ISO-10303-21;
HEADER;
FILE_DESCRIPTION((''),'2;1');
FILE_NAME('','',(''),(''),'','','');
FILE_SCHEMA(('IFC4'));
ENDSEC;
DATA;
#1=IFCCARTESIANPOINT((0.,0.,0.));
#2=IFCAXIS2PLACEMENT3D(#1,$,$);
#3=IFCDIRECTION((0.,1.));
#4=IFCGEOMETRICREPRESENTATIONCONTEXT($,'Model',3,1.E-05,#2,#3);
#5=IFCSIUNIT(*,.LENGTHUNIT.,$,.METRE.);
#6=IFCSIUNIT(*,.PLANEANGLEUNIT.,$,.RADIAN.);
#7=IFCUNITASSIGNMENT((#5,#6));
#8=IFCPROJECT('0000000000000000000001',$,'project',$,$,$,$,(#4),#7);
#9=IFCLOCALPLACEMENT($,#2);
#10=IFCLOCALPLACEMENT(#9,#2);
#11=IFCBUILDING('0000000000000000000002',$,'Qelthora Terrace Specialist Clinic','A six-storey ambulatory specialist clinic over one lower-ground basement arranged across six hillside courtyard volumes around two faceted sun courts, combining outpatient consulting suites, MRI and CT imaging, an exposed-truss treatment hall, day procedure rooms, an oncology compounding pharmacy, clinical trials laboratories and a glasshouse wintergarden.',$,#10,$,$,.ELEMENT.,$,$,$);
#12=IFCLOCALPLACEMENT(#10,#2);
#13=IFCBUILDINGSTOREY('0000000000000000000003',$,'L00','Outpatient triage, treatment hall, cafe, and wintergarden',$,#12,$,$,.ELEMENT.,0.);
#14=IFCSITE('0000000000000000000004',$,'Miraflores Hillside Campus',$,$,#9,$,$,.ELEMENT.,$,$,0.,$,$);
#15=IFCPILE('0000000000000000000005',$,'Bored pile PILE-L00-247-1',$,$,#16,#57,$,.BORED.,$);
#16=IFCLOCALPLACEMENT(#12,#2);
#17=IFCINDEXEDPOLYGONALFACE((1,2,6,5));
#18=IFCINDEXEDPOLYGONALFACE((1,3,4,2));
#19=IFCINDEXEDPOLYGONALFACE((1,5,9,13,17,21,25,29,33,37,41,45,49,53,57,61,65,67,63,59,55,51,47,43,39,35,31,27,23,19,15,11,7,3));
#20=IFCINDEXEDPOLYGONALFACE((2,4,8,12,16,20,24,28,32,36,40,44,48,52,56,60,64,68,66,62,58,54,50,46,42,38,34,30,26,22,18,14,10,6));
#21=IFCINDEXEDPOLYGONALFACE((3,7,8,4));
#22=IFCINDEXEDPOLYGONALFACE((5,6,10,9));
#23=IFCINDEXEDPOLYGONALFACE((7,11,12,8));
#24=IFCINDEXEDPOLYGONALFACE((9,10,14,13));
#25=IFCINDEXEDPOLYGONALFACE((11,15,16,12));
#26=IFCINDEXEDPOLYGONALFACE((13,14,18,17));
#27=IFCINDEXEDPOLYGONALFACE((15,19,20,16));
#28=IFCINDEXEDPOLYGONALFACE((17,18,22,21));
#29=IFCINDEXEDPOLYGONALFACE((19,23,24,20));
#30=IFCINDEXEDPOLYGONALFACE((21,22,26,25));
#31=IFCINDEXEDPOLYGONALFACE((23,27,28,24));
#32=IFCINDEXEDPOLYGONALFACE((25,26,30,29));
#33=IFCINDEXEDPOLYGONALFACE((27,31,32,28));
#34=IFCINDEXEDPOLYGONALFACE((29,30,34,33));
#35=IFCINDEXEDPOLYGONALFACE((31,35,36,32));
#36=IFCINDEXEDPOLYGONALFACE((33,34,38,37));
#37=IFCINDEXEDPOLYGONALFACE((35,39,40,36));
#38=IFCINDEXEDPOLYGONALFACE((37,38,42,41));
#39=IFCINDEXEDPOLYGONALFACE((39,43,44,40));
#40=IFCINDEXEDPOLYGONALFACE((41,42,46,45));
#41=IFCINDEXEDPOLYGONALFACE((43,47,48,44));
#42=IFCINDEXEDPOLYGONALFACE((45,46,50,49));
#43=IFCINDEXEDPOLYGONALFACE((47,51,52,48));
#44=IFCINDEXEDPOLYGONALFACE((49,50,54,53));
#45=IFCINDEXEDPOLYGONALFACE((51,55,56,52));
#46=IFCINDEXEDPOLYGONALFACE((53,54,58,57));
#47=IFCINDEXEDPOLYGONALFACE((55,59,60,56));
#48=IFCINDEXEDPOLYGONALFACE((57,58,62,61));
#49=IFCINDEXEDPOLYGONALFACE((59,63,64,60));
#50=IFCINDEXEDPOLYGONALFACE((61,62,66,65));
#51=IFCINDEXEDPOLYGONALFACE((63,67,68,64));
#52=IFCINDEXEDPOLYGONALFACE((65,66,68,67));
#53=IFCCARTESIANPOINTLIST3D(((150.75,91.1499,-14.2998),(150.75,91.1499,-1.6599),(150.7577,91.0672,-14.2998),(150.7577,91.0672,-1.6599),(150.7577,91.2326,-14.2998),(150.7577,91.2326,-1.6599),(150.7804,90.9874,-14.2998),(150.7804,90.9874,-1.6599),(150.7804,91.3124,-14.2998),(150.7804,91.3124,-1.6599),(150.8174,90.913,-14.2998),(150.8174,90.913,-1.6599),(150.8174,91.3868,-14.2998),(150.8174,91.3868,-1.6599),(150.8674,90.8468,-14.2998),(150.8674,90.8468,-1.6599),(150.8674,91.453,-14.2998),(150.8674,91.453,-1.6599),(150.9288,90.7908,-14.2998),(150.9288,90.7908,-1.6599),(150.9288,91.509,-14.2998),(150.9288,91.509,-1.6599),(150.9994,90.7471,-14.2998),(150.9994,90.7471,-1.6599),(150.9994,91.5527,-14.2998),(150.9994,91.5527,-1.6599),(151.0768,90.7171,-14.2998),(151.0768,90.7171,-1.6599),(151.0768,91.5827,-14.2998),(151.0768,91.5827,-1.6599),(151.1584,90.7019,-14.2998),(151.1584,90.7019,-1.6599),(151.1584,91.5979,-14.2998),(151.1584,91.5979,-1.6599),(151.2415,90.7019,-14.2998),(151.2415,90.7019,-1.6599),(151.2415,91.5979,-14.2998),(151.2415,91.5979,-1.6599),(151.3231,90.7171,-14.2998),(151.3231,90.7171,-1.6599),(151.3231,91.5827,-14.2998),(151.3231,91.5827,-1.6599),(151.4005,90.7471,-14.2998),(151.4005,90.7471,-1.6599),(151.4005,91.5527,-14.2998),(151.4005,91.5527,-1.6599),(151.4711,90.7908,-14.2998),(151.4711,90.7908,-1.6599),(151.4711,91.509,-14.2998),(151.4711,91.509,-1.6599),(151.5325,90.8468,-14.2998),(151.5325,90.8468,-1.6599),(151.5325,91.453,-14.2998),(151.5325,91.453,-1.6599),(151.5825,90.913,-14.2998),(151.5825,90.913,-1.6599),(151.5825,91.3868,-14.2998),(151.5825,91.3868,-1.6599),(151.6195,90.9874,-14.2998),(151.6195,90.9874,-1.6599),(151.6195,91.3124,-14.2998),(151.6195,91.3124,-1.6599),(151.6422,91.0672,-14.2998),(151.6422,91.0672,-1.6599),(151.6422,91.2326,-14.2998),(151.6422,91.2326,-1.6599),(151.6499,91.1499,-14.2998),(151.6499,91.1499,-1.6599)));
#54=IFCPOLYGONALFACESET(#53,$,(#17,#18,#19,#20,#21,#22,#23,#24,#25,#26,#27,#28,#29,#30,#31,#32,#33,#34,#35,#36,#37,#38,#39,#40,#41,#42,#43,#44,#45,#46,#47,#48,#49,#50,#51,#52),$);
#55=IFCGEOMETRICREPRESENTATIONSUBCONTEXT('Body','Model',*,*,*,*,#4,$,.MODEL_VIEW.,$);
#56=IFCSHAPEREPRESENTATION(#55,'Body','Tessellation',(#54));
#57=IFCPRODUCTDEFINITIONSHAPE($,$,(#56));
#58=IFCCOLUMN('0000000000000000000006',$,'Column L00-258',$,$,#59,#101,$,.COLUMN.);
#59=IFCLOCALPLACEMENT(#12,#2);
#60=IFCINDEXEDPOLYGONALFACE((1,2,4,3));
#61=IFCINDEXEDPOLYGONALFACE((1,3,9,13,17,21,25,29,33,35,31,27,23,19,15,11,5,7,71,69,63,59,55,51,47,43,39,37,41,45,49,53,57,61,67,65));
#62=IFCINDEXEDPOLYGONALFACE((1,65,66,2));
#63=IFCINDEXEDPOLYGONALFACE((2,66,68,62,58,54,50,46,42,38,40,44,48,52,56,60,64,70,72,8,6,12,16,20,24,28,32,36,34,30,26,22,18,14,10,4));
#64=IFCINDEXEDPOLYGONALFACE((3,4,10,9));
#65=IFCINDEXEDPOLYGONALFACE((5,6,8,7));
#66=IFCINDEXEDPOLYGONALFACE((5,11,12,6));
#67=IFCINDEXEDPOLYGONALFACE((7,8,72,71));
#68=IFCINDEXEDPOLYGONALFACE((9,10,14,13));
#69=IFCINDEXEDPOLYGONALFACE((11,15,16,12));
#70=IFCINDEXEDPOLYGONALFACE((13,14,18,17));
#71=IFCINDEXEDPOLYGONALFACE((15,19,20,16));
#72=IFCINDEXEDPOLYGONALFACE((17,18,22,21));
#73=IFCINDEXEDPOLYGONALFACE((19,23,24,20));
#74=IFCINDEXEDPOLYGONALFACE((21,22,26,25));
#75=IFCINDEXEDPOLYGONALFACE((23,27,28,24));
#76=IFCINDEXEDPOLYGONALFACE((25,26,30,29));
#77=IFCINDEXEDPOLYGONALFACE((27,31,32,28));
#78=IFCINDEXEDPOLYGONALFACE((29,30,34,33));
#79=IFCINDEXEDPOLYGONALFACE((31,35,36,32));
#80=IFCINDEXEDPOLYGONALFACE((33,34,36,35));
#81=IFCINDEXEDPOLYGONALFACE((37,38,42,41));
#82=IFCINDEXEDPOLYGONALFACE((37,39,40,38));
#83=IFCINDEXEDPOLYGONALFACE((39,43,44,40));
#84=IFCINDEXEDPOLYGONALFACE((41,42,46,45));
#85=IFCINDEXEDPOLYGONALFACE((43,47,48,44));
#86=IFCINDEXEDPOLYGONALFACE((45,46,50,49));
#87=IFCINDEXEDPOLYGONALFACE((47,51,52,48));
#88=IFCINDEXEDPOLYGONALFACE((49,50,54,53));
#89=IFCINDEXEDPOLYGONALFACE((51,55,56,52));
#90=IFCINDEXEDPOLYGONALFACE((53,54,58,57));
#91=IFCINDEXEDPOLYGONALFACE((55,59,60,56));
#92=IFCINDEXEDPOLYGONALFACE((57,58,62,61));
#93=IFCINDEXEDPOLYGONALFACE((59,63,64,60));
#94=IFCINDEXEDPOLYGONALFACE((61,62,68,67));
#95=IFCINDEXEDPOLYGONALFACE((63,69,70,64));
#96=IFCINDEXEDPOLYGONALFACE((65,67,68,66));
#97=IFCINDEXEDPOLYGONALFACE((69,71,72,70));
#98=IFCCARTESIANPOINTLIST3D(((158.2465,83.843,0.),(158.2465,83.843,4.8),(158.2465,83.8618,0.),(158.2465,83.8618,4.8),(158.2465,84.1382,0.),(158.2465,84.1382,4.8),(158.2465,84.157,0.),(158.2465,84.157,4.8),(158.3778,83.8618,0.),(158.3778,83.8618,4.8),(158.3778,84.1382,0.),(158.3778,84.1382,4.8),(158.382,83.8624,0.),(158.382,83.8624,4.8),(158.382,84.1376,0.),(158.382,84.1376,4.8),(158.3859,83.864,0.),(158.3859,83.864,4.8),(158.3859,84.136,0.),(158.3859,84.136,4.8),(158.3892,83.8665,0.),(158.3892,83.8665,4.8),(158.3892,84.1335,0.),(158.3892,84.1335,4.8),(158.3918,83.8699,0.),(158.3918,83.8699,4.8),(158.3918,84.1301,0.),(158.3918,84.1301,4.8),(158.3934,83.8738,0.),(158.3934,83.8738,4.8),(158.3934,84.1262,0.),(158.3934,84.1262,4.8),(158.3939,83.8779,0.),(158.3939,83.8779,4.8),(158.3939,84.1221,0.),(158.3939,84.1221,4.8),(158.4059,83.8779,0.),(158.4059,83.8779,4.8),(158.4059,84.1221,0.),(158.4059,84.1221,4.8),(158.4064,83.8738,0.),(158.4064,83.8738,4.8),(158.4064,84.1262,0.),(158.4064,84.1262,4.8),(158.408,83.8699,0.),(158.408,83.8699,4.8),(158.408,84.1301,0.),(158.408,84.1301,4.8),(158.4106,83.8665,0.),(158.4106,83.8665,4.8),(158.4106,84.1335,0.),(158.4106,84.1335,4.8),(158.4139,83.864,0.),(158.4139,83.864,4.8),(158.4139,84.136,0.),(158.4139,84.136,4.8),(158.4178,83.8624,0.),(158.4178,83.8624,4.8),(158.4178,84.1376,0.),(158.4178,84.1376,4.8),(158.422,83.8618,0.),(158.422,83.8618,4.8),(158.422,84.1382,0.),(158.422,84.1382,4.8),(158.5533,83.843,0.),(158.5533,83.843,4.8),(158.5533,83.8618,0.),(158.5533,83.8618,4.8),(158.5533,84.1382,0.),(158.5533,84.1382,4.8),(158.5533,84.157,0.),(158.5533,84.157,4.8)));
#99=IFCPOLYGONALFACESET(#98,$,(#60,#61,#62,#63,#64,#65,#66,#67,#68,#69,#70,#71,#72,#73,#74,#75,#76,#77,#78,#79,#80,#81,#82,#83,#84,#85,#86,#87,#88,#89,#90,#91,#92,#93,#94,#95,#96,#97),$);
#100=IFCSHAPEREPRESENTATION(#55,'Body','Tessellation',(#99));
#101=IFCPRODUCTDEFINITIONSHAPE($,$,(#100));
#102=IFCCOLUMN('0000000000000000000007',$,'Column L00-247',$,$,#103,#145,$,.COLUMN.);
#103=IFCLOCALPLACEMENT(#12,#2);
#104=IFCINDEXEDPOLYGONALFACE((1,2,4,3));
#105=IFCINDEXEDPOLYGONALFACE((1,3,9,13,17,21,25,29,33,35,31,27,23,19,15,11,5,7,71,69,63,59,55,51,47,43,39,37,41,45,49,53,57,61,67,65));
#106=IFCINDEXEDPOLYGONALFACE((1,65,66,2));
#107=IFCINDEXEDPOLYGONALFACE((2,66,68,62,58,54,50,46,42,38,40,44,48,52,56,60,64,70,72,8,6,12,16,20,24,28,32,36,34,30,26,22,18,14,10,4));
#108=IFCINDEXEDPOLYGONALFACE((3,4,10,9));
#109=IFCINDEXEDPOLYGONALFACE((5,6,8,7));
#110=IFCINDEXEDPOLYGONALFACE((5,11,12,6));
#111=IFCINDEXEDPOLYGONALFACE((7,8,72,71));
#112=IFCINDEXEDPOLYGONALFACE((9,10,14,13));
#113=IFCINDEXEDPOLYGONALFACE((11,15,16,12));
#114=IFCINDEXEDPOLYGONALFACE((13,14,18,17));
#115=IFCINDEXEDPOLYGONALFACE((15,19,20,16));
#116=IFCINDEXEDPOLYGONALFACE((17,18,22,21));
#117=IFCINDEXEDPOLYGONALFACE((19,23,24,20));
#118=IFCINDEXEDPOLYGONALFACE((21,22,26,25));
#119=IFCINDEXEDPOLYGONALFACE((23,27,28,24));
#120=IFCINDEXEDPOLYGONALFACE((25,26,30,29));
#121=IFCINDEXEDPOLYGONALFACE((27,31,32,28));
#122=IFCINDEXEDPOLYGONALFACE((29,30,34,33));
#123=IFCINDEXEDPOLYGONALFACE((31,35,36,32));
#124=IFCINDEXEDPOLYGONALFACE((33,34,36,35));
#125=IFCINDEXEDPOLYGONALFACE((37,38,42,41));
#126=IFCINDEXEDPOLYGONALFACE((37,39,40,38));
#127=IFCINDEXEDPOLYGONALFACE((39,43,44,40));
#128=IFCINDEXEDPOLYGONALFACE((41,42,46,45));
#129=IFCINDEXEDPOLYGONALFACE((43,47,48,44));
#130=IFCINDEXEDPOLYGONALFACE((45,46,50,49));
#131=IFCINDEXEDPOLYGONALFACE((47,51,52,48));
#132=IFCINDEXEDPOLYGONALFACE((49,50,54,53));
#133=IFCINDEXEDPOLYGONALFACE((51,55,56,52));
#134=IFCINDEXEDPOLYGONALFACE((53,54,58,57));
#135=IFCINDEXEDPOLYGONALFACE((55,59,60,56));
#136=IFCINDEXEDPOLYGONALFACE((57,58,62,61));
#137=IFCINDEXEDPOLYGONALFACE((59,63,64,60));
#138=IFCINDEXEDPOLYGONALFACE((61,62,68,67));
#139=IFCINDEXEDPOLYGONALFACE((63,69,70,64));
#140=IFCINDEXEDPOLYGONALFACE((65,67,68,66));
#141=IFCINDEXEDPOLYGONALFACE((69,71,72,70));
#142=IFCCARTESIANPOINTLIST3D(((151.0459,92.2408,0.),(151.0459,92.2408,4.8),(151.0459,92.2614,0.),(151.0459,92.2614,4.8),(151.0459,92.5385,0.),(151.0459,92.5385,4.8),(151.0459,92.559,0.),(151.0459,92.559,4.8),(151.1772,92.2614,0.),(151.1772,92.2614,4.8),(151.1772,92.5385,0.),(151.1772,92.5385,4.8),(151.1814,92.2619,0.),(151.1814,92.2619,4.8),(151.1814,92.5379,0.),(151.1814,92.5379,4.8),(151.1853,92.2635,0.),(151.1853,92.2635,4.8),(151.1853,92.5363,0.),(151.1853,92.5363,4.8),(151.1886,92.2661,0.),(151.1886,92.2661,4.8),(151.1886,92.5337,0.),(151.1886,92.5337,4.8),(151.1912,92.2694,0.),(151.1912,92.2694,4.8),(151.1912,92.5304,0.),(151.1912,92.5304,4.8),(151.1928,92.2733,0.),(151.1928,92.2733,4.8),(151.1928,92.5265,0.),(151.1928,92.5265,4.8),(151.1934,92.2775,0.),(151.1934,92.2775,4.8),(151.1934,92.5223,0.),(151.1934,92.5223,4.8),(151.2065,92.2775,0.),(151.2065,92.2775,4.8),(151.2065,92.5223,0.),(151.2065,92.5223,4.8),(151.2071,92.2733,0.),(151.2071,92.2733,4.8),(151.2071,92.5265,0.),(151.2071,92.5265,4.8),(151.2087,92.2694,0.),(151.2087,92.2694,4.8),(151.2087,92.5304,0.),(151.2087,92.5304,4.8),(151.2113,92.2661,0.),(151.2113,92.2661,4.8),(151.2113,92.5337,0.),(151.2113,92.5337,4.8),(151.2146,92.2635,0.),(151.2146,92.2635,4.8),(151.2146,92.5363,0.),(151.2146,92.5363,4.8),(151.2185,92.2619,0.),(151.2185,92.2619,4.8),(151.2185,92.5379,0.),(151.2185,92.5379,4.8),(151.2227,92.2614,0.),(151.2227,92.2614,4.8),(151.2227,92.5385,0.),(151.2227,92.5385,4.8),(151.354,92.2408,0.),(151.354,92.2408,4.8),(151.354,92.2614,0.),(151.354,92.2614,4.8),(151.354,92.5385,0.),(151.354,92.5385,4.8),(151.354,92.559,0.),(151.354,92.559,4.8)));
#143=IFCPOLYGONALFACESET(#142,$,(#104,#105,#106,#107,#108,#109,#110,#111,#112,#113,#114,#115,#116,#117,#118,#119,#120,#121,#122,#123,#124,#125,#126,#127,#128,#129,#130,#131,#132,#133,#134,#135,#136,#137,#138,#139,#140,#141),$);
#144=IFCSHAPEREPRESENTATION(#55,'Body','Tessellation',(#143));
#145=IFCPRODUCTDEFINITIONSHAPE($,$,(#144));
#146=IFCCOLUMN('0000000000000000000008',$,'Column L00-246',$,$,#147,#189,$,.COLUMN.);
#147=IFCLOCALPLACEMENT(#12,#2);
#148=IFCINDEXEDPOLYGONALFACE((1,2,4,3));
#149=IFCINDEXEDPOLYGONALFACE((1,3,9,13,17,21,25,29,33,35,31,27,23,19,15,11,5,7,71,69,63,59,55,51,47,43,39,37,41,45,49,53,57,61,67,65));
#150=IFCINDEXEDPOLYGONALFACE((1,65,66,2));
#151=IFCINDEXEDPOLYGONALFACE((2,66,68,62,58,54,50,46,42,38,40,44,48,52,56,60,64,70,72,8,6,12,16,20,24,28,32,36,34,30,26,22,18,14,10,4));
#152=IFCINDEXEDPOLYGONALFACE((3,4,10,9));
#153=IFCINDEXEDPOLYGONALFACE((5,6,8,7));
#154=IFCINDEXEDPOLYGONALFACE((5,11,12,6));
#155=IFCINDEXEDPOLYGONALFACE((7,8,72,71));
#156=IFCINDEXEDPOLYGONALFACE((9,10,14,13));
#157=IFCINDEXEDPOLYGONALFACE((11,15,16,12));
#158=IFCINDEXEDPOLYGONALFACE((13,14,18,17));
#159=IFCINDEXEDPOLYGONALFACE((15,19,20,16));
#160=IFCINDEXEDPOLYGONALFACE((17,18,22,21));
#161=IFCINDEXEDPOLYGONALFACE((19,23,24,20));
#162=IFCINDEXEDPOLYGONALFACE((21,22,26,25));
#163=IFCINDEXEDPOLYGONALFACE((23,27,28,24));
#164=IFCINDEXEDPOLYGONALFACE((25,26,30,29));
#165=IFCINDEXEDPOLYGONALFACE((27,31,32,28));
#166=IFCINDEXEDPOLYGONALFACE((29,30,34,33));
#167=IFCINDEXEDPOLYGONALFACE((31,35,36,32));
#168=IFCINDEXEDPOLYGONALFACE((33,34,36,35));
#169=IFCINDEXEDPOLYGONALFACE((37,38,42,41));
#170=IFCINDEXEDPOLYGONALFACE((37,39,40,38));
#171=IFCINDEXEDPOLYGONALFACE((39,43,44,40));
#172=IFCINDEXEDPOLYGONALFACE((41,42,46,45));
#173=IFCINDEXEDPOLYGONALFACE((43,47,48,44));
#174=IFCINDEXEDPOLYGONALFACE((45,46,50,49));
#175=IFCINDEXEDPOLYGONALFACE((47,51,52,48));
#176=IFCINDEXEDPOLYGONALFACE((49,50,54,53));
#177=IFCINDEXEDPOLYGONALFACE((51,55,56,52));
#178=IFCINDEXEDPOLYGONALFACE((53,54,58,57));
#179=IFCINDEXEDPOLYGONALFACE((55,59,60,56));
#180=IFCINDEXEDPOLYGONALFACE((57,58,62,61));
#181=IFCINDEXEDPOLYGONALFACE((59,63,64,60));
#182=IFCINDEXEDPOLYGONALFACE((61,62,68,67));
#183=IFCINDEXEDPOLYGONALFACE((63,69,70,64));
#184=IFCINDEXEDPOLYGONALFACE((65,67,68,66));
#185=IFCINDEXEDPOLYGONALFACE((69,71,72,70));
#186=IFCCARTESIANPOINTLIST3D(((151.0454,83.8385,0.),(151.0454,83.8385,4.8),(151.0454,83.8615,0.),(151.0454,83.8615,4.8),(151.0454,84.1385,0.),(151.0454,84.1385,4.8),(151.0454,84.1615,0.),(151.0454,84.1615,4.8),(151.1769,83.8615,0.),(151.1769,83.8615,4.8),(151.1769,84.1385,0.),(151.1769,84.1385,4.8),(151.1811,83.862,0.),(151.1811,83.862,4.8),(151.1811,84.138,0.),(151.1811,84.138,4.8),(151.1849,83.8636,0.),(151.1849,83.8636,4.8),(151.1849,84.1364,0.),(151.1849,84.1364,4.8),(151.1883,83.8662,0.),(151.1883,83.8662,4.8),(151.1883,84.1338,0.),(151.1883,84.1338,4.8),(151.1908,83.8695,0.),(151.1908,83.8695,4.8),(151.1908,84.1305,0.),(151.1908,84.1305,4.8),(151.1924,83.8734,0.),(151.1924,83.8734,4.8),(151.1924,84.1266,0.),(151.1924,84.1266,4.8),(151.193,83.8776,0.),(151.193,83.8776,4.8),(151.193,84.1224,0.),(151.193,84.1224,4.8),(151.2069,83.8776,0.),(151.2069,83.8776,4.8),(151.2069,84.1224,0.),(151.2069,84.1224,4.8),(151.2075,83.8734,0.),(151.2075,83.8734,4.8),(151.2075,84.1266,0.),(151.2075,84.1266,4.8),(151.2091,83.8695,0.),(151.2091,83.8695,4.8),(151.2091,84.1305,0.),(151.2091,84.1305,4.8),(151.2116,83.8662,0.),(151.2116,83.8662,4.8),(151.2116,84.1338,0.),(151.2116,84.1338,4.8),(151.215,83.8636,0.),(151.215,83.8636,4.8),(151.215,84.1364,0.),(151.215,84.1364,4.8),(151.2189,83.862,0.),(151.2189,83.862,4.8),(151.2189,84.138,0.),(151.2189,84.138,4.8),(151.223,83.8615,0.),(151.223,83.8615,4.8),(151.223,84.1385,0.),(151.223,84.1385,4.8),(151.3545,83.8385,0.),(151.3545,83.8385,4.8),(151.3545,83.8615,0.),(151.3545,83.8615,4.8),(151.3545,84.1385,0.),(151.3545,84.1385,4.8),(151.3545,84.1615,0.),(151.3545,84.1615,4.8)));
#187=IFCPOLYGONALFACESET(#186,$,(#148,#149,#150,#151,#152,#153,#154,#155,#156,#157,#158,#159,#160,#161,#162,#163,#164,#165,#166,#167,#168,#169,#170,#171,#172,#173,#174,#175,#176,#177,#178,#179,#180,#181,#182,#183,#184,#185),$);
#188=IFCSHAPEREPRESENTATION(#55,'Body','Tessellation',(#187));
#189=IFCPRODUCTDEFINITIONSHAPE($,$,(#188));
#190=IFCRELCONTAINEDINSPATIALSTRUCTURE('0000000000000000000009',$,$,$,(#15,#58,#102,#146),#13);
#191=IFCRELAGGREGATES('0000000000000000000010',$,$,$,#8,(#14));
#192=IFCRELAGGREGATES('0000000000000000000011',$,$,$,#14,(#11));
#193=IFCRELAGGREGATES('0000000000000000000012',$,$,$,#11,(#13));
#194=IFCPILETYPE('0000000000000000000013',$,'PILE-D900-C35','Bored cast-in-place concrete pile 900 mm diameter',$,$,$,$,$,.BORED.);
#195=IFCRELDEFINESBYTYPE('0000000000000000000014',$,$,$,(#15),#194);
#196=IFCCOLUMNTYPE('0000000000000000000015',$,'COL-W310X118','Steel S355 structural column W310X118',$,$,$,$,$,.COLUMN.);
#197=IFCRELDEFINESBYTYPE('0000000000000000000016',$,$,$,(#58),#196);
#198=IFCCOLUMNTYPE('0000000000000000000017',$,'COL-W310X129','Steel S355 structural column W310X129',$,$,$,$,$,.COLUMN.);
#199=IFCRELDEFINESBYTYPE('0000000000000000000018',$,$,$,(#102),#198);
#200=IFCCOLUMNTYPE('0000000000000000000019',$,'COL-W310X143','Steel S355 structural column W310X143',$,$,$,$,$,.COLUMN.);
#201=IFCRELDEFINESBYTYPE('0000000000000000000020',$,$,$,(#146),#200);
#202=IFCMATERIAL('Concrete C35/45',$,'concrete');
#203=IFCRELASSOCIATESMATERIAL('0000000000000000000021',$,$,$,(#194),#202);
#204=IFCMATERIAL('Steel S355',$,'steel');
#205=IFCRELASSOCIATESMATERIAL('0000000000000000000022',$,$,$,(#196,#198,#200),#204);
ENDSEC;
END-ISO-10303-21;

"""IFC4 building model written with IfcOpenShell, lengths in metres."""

from ifc_helpers import new_model, si_unit, direction, frame, origin, origin_2d, place, context, subcontext, project, spatial, circle, i_section, extrude, material, material_profile, profile_set, type_object, element, save


model = new_model("IFC4")

# Units and contexts
model_context = context("Model", 3, precision=1e-05, world=origin(), true_north=direction((0.0, 1.0)))
body_context = subcontext(model_context, "Body", "Model", "MODEL_VIEW")
ifc_project = project(units=[si_unit("LENGTHUNIT", "METRE"), si_unit("PLANEANGLEUNIT", "RADIAN")], contexts=[model_context])

# Site, building, storey
site_placement = place(None, origin())
site = spatial("IfcSite", under=ifc_project, at=site_placement, Name="Miraflores Hillside Campus", CompositionType="ELEMENT", RefElevation=0.0)
building_placement = place(site_placement, origin())
building = spatial("IfcBuilding", under=site, at=building_placement, Name="Qelthora Terrace Specialist Clinic", Description="A six-storey ambulatory specialist clinic over one lower-ground basement arranged across six hillside courtyard volumes around two faceted sun courts, combining outpatient consulting suites, MRI and CT imaging, an exposed-truss treatment hall, day procedure rooms, an oncology compounding pharmacy, clinical trials laboratories and a glasshouse wintergarden.", CompositionType="ELEMENT")
storey_placement = place(building_placement, origin())
storey = spatial("IfcBuildingStorey", under=building, at=storey_placement, Name="L00", Description="Outpatient triage, treatment hall, cafe, and wintergarden", CompositionType="ELEMENT", Elevation=0.0)

# Shared definitions
ifc_material_1 = material(Name="Concrete C35/45", Category="concrete")

# Pile
ifc_material_profile_1 = material_profile(ifc_material_1, circle(Radius=0.45, at=origin_2d()), Name="PILE900")
ifc_profile_set_1 = profile_set([ifc_material_profile_1], Name="Concrete C35/45")
pile_type_1 = type_object("IfcPileType", Name="PILE-D900-C35", Description="Bored cast-in-place concrete pile 900 mm diameter", PredefinedType="BORED", material=ifc_profile_set_1)
for number, where, z_axis, x_axis, name in (
    (1, (151.2, 91.1499, -1.6599), (0.0, 0.0, -1.0), (1.0, 0.0, 0.0), "Bored pile PILE-L00-247-1"),
):
    element("IfcPile", number, at=place(storey_placement, frame(where, z_axis=z_axis, x_axis=x_axis)), inside=storey, type_object=pile_type_1, Name=name, PredefinedType="BORED", context=body_context, shape_type="SweptSolid", body=[
        extrude(circle(Radius=0.45, at=origin_2d()), origin(), (0.0, 0.0, 1.0), 12.6399),
    ])

# Columns
ifc_material_2 = material(Name="Steel S355", Category="steel")
ifc_material_profile_2 = material_profile(ifc_material_2, i_section(OverallWidth=0.3069, OverallDepth=0.314, WebThickness=0.012, FlangeThickness=0.0188, FilletRadius=0.0161, at=origin_2d()), Name="W310X118")
ifc_profile_set_2 = profile_set([ifc_material_profile_2], Name="Steel S355")
column_type_1 = type_object("IfcColumnType", Name="COL-W310X118", Description="Steel S355 structural column W310X118", PredefinedType="COLUMN", material=ifc_profile_set_2)
column_1_placement = place(storey_placement, frame((158.3999, 84.0, 0.0), z_axis=(0.0, 0.0, 1.0), x_axis=(1.0, 0.0, 0.0)))
element("IfcColumn", 2, at=column_1_placement, inside=storey, type_object=column_type_1, Name="Column L00-258", PredefinedType="COLUMN", context=body_context, shape_type="SweptSolid", body=[
    extrude(i_section(OverallWidth=0.3069, OverallDepth=0.314, WebThickness=0.012, FlangeThickness=0.0188, FilletRadius=0.0161, at=origin_2d()), origin(), (0.0, 0.0, 1.0), 4.8),
])
ifc_material_profile_3 = material_profile(ifc_material_2, i_section(OverallWidth=0.3081, OverallDepth=0.3181, WebThickness=0.0132, FlangeThickness=0.0205, FilletRadius=0.0161, at=origin_2d()), Name="W310X129")
ifc_profile_set_3 = profile_set([ifc_material_profile_3], Name="Steel S355")
column_type_2 = type_object("IfcColumnType", Name="COL-W310X129", Description="Steel S355 structural column W310X129", PredefinedType="COLUMN", material=ifc_profile_set_3)
column_2_placement = place(storey_placement, frame((151.2, 92.3999, 0.0), z_axis=(0.0, 0.0, 1.0), x_axis=(1.0, 0.0, 0.0)))
element("IfcColumn", 3, at=column_2_placement, inside=storey, type_object=column_type_2, Name="Column L00-247", PredefinedType="COLUMN", context=body_context, shape_type="SweptSolid", body=[
    extrude(i_section(OverallWidth=0.3081, OverallDepth=0.3181, WebThickness=0.0132, FlangeThickness=0.0205, FilletRadius=0.0161, at=origin_2d()), origin(), (0.0, 0.0, 1.0), 4.8),
])
ifc_material_profile_4 = material_profile(ifc_material_2, i_section(OverallWidth=0.3091, OverallDepth=0.323, WebThickness=0.0139, FlangeThickness=0.0229, FilletRadius=0.0161, at=origin_2d()), Name="W310X143")
ifc_profile_set_4 = profile_set([ifc_material_profile_4], Name="Steel S355")
column_type_3 = type_object("IfcColumnType", Name="COL-W310X143", Description="Steel S355 structural column W310X143", PredefinedType="COLUMN", material=ifc_profile_set_4)
column_3_placement = place(storey_placement, frame((151.2, 84.0, 0.0), z_axis=(0.0, 0.0, 1.0), x_axis=(1.0, 0.0, 0.0)))
element("IfcColumn", 4, at=column_3_placement, inside=storey, type_object=column_type_3, Name="Column L00-246", PredefinedType="COLUMN", context=body_context, shape_type="SweptSolid", body=[
    extrude(i_section(OverallWidth=0.3091, OverallDepth=0.323, WebThickness=0.0139, FlangeThickness=0.0229, FilletRadius=0.0161, at=origin_2d()), origin(), (0.0, 0.0, 1.0), 4.8),
])

save(model, "model.ifc")
